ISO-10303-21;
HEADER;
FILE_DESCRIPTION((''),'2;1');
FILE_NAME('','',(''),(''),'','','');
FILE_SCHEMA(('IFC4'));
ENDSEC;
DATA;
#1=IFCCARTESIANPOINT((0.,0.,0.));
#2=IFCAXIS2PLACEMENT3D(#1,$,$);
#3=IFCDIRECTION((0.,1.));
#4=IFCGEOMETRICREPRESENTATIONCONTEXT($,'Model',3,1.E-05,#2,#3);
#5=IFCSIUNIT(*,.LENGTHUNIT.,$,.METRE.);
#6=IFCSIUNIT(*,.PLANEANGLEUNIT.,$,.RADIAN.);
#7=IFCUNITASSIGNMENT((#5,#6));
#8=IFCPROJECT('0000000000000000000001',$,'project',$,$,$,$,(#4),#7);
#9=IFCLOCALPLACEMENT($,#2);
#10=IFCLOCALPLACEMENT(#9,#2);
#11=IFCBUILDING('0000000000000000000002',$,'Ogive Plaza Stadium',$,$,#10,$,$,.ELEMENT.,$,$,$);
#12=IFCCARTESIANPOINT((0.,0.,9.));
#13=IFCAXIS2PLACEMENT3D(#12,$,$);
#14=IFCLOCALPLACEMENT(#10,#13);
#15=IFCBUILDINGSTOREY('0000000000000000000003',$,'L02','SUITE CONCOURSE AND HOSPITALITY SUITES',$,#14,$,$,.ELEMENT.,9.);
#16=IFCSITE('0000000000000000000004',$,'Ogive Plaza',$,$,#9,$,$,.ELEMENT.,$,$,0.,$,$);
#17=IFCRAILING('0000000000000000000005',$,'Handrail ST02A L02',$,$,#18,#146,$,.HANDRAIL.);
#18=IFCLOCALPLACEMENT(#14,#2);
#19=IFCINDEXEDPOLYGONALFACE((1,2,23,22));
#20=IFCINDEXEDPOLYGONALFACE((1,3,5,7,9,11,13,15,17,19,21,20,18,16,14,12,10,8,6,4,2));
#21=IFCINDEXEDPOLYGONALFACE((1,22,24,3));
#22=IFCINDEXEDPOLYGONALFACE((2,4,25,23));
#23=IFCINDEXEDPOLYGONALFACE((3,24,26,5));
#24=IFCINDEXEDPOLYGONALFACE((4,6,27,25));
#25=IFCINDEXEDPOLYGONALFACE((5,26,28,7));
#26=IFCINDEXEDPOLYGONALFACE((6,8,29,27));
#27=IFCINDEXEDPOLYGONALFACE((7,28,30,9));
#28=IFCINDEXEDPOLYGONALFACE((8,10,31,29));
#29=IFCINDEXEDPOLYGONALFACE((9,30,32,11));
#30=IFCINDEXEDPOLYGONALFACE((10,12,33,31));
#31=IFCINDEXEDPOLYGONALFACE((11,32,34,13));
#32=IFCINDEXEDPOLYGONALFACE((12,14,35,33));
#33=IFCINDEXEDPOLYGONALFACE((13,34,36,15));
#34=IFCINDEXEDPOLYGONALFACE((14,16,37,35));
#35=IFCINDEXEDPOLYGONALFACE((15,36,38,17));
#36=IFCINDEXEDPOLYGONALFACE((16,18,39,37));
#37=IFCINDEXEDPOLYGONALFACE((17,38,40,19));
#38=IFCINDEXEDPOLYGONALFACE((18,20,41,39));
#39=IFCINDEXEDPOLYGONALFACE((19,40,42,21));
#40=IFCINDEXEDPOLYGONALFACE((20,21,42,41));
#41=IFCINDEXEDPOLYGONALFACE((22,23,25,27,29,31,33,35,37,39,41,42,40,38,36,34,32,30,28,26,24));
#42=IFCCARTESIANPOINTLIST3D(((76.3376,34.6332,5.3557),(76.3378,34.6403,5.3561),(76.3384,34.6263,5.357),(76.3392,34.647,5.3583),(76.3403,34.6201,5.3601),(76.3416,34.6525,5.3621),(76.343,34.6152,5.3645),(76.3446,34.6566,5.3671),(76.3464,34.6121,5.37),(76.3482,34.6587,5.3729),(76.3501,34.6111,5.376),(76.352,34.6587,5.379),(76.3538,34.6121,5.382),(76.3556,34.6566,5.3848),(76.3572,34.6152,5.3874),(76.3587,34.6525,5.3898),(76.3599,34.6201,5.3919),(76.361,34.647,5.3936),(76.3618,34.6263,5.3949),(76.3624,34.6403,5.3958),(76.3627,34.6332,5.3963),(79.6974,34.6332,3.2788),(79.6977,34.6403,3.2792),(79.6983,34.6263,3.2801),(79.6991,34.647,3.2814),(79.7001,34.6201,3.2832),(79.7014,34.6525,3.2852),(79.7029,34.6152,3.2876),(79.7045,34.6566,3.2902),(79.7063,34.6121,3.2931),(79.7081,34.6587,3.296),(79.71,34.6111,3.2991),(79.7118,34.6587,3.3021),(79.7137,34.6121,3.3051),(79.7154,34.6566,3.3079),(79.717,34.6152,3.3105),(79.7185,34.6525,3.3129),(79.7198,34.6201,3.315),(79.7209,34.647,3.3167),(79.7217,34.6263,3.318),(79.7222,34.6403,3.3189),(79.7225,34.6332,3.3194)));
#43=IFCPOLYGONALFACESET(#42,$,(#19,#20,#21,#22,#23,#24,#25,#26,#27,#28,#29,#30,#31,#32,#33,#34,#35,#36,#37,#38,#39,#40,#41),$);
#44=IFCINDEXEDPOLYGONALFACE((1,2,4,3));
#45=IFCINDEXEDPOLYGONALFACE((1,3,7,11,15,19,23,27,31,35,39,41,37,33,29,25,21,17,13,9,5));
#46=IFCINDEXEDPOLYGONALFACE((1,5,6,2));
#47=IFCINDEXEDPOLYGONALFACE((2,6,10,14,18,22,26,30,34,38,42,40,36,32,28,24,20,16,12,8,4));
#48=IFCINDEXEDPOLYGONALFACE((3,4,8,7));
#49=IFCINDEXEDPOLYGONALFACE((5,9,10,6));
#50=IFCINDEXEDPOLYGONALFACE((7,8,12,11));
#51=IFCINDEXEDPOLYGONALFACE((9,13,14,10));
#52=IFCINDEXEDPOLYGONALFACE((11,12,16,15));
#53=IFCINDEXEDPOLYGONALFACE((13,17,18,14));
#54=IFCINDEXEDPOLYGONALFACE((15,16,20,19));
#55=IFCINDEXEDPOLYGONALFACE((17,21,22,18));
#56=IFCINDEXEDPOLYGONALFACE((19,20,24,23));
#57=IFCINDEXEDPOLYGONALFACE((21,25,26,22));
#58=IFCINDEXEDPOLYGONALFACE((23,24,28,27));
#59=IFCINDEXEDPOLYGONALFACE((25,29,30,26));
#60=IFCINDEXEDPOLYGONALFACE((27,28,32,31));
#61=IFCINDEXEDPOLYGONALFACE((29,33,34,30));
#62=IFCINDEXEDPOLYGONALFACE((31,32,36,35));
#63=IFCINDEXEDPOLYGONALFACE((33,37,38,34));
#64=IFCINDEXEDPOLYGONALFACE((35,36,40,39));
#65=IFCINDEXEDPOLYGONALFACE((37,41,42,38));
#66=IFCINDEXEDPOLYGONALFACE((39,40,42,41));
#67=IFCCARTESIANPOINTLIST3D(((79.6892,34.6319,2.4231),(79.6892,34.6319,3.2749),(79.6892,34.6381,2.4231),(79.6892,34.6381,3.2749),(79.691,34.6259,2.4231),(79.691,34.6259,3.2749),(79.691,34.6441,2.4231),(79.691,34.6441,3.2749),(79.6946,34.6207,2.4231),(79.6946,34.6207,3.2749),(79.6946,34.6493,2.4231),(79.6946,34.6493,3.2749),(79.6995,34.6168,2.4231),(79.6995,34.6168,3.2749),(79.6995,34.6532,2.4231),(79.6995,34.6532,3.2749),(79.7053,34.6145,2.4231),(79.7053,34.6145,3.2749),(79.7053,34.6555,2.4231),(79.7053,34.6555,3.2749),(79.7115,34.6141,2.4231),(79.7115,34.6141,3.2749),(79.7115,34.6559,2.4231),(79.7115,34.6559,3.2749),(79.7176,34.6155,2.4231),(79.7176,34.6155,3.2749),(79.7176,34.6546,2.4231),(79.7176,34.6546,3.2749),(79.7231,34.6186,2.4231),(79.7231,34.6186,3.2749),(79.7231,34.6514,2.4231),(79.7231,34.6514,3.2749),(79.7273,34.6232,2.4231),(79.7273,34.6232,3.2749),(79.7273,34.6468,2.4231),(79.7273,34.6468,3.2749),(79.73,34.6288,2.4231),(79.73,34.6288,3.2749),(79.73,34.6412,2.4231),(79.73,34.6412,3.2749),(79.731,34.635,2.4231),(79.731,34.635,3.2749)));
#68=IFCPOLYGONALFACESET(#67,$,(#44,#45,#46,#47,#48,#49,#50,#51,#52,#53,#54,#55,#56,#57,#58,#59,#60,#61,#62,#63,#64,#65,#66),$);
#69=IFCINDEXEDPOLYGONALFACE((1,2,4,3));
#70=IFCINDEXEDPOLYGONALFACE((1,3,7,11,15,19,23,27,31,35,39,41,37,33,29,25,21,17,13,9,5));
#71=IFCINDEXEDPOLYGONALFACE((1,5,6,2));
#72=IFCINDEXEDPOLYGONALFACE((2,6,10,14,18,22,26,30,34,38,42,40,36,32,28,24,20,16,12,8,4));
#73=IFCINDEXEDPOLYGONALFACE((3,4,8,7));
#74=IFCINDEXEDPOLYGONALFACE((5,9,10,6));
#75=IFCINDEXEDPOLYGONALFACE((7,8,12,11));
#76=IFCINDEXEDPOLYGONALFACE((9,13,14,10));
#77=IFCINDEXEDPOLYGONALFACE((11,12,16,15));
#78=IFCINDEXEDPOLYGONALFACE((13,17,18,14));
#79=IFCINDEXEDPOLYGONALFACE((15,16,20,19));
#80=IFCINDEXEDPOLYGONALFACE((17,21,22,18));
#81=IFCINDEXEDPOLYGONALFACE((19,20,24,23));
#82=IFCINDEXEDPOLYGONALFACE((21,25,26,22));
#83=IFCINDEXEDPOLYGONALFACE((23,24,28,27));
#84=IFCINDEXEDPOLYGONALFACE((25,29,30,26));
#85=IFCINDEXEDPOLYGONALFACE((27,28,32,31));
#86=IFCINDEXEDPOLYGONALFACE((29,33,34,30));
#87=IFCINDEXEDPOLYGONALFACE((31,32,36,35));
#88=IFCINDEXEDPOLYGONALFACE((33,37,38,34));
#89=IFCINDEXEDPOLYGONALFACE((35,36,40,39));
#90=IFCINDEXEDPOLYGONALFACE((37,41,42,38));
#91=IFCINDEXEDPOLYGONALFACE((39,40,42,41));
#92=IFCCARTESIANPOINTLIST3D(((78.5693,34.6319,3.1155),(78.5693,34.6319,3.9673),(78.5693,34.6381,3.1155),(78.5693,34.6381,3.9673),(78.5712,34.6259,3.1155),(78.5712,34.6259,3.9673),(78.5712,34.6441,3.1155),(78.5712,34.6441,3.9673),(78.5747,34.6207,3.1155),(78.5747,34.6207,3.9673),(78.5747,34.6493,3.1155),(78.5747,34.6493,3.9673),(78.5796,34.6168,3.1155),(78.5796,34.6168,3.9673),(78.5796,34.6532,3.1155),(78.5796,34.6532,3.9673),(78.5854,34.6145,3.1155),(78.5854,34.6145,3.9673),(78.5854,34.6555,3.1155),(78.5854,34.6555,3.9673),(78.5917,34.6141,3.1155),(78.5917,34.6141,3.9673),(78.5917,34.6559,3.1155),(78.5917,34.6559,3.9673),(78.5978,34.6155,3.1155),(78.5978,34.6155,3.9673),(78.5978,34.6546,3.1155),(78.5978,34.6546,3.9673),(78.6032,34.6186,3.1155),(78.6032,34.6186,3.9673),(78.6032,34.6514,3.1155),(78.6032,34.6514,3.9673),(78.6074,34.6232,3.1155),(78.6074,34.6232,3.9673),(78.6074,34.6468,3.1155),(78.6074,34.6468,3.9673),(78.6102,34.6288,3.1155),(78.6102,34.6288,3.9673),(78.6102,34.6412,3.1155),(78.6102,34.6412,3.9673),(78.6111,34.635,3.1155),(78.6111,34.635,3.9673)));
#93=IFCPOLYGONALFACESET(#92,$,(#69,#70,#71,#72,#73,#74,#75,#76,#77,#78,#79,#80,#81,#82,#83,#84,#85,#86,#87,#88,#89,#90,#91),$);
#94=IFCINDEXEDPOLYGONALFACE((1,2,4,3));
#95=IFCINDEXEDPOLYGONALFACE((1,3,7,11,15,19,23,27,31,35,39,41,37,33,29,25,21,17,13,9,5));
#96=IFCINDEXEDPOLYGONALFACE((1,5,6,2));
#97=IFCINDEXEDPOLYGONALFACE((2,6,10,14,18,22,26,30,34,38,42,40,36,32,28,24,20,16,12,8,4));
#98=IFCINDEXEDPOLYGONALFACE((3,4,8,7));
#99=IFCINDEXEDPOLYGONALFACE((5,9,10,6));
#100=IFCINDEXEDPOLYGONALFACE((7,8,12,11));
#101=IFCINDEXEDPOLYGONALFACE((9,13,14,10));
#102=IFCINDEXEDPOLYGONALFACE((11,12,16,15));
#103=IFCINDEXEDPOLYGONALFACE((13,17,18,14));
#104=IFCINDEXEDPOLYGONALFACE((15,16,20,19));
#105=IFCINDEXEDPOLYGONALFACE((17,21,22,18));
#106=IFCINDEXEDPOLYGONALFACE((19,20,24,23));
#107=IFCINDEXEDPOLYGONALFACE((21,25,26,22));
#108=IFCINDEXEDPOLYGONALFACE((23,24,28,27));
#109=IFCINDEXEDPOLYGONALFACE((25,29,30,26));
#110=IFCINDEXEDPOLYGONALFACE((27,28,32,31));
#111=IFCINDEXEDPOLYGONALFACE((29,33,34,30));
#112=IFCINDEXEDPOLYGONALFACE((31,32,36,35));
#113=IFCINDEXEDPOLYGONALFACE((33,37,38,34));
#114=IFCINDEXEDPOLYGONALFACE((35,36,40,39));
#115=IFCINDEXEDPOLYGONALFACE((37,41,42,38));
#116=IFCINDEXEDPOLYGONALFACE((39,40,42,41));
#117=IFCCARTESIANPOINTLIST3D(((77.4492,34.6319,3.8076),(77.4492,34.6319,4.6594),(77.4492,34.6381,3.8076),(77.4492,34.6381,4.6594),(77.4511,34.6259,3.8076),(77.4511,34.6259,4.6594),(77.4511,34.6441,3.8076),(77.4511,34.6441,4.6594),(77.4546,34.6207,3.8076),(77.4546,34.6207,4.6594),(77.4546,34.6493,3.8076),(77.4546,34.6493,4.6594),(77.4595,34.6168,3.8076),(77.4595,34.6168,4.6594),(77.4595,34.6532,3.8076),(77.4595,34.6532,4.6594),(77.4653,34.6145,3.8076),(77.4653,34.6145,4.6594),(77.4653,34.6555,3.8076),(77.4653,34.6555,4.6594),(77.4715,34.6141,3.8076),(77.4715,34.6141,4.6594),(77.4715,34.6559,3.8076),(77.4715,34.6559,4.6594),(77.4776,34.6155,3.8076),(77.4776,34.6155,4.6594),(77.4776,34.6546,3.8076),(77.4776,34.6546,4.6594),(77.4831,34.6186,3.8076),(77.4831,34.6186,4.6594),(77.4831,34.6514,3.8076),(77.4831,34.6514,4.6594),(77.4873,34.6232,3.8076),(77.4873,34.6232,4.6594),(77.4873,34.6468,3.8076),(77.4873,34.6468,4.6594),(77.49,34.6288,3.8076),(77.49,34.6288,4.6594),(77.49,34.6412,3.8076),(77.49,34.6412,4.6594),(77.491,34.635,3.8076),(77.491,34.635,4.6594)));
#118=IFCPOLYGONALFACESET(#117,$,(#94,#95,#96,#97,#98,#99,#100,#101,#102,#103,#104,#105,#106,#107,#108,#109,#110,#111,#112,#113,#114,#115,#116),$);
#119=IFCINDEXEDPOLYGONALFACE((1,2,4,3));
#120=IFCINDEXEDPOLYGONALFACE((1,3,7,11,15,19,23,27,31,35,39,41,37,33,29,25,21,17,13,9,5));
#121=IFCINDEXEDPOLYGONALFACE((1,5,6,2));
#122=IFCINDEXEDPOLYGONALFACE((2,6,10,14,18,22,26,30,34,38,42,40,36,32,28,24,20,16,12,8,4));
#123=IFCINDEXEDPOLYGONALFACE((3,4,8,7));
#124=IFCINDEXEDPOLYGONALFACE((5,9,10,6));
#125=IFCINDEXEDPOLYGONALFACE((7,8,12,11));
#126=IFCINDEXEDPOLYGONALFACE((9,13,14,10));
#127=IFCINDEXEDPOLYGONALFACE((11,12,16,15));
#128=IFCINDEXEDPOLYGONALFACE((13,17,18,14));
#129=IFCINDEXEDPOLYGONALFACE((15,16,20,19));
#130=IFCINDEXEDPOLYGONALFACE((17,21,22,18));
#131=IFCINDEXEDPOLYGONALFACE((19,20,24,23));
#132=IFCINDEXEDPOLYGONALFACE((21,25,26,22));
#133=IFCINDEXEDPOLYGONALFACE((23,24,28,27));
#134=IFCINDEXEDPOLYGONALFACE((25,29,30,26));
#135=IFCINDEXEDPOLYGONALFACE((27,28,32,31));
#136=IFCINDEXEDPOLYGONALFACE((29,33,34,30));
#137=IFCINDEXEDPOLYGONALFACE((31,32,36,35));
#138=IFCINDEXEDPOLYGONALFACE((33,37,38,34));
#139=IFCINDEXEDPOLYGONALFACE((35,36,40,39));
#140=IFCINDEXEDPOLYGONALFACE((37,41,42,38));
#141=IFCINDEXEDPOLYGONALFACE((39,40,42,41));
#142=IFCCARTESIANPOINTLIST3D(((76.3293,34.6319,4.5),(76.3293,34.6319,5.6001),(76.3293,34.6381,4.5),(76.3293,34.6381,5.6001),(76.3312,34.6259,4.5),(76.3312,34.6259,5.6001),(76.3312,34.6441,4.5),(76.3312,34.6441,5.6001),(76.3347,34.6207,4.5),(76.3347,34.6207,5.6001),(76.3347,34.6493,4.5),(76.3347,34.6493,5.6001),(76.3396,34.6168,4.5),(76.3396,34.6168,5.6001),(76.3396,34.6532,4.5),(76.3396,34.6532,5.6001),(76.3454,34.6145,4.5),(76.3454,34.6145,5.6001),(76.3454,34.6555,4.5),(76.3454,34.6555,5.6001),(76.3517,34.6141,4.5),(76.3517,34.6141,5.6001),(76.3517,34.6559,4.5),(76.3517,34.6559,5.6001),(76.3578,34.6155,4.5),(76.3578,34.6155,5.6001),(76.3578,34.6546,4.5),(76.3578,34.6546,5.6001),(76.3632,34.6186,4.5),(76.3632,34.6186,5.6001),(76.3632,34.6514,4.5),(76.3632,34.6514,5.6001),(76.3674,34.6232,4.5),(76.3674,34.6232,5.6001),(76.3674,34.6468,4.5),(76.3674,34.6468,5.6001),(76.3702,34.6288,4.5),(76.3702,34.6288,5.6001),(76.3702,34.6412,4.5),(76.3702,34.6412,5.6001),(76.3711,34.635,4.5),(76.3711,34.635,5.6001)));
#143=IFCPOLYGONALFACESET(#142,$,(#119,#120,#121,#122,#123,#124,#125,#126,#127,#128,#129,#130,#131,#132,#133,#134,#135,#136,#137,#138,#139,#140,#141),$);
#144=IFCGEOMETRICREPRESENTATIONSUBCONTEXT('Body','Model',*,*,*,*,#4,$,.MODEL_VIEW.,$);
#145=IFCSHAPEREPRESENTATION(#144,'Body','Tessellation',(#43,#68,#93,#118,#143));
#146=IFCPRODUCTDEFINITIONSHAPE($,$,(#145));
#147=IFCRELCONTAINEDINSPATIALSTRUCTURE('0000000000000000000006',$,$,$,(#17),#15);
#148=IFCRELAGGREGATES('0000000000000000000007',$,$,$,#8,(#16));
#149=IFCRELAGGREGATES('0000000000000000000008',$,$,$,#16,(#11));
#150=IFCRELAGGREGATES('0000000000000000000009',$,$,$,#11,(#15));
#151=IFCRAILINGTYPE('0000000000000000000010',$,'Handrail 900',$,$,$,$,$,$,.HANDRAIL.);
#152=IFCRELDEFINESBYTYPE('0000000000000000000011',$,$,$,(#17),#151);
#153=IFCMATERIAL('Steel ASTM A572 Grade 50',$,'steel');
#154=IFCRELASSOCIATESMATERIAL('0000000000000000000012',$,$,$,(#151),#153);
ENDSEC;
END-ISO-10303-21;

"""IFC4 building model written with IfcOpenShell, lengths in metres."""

from ifc_helpers import new_model, si_unit, direction, frame, origin, origin_2d, place, context, subcontext, project, spatial, circle, extrude, material, type_object, element, save


model = new_model("IFC4")

# Units and contexts
model_context = context("Model", 3, precision=1e-05, world=origin(), true_north=direction((0.0, 1.0)))
body_context = subcontext(model_context, "Body", "Model", "MODEL_VIEW")
ifc_project = project(units=[si_unit("LENGTHUNIT", "METRE"), si_unit("PLANEANGLEUNIT", "RADIAN")], contexts=[model_context])

# Site, building, storey
site_placement = place(None, origin())
site = spatial("IfcSite", under=ifc_project, at=site_placement, Name="Ogive Plaza", CompositionType="ELEMENT", RefElevation=0.0)
building_placement = place(site_placement, origin())
building = spatial("IfcBuilding", under=site, at=building_placement, Name="Ogive Plaza Stadium", CompositionType="ELEMENT")
storey_placement = place(building_placement, frame((0.0, 0.0, 9.0)))
storey = spatial("IfcBuildingStorey", under=building, at=storey_placement, Name="L02", Description="SUITE CONCOURSE AND HOSPITALITY SUITES", CompositionType="ELEMENT", Elevation=9.0)

# Railing
ifc_material_1 = material(Name="Steel ASTM A572 Grade 50", Category="steel")
railing_type_1 = type_object("IfcRailingType", Name="Handrail 900", PredefinedType="HANDRAIL", material=ifc_material_1)
for number, where, name in (
    (1, (79.71, 34.635, 2.4231), "Handrail ST02A L02"),
):
    element("IfcRailing", number, at=place(storey_placement, frame(where)), inside=storey, type_object=railing_type_1, Name=name, PredefinedType="HANDRAIL", context=body_context, shape_type="SweptSolid", body=[
        extrude(circle(Radius=0.0239, at=origin_2d()), frame((0.0, 0.0, 0.876), z_axis=(-0.850606, 0.0, 0.525803), x_axis=(0.0, -1.0, 0.0)), (0.0, 0.0, 1.0), 3.95),
        extrude(circle(Radius=0.021, at=origin_2d()), origin(), (0.0, 0.0, 1.0), 0.8518),
        extrude(circle(Radius=0.021, at=origin_2d()), frame((-1.1199, 0.0, 0.6924)), (0.0, 0.0, 1.0), 0.8518),
        extrude(circle(Radius=0.021, at=origin_2d()), frame((-2.24, 0.0, 1.3845)), (0.0, 0.0, 1.0), 0.8518),
        extrude(circle(Radius=0.021, at=origin_2d()), frame((-3.3599, 0.0, 2.0769)), (0.0, 0.0, 1.0), 1.1001),
    ])

save(model, "model.ifc")
